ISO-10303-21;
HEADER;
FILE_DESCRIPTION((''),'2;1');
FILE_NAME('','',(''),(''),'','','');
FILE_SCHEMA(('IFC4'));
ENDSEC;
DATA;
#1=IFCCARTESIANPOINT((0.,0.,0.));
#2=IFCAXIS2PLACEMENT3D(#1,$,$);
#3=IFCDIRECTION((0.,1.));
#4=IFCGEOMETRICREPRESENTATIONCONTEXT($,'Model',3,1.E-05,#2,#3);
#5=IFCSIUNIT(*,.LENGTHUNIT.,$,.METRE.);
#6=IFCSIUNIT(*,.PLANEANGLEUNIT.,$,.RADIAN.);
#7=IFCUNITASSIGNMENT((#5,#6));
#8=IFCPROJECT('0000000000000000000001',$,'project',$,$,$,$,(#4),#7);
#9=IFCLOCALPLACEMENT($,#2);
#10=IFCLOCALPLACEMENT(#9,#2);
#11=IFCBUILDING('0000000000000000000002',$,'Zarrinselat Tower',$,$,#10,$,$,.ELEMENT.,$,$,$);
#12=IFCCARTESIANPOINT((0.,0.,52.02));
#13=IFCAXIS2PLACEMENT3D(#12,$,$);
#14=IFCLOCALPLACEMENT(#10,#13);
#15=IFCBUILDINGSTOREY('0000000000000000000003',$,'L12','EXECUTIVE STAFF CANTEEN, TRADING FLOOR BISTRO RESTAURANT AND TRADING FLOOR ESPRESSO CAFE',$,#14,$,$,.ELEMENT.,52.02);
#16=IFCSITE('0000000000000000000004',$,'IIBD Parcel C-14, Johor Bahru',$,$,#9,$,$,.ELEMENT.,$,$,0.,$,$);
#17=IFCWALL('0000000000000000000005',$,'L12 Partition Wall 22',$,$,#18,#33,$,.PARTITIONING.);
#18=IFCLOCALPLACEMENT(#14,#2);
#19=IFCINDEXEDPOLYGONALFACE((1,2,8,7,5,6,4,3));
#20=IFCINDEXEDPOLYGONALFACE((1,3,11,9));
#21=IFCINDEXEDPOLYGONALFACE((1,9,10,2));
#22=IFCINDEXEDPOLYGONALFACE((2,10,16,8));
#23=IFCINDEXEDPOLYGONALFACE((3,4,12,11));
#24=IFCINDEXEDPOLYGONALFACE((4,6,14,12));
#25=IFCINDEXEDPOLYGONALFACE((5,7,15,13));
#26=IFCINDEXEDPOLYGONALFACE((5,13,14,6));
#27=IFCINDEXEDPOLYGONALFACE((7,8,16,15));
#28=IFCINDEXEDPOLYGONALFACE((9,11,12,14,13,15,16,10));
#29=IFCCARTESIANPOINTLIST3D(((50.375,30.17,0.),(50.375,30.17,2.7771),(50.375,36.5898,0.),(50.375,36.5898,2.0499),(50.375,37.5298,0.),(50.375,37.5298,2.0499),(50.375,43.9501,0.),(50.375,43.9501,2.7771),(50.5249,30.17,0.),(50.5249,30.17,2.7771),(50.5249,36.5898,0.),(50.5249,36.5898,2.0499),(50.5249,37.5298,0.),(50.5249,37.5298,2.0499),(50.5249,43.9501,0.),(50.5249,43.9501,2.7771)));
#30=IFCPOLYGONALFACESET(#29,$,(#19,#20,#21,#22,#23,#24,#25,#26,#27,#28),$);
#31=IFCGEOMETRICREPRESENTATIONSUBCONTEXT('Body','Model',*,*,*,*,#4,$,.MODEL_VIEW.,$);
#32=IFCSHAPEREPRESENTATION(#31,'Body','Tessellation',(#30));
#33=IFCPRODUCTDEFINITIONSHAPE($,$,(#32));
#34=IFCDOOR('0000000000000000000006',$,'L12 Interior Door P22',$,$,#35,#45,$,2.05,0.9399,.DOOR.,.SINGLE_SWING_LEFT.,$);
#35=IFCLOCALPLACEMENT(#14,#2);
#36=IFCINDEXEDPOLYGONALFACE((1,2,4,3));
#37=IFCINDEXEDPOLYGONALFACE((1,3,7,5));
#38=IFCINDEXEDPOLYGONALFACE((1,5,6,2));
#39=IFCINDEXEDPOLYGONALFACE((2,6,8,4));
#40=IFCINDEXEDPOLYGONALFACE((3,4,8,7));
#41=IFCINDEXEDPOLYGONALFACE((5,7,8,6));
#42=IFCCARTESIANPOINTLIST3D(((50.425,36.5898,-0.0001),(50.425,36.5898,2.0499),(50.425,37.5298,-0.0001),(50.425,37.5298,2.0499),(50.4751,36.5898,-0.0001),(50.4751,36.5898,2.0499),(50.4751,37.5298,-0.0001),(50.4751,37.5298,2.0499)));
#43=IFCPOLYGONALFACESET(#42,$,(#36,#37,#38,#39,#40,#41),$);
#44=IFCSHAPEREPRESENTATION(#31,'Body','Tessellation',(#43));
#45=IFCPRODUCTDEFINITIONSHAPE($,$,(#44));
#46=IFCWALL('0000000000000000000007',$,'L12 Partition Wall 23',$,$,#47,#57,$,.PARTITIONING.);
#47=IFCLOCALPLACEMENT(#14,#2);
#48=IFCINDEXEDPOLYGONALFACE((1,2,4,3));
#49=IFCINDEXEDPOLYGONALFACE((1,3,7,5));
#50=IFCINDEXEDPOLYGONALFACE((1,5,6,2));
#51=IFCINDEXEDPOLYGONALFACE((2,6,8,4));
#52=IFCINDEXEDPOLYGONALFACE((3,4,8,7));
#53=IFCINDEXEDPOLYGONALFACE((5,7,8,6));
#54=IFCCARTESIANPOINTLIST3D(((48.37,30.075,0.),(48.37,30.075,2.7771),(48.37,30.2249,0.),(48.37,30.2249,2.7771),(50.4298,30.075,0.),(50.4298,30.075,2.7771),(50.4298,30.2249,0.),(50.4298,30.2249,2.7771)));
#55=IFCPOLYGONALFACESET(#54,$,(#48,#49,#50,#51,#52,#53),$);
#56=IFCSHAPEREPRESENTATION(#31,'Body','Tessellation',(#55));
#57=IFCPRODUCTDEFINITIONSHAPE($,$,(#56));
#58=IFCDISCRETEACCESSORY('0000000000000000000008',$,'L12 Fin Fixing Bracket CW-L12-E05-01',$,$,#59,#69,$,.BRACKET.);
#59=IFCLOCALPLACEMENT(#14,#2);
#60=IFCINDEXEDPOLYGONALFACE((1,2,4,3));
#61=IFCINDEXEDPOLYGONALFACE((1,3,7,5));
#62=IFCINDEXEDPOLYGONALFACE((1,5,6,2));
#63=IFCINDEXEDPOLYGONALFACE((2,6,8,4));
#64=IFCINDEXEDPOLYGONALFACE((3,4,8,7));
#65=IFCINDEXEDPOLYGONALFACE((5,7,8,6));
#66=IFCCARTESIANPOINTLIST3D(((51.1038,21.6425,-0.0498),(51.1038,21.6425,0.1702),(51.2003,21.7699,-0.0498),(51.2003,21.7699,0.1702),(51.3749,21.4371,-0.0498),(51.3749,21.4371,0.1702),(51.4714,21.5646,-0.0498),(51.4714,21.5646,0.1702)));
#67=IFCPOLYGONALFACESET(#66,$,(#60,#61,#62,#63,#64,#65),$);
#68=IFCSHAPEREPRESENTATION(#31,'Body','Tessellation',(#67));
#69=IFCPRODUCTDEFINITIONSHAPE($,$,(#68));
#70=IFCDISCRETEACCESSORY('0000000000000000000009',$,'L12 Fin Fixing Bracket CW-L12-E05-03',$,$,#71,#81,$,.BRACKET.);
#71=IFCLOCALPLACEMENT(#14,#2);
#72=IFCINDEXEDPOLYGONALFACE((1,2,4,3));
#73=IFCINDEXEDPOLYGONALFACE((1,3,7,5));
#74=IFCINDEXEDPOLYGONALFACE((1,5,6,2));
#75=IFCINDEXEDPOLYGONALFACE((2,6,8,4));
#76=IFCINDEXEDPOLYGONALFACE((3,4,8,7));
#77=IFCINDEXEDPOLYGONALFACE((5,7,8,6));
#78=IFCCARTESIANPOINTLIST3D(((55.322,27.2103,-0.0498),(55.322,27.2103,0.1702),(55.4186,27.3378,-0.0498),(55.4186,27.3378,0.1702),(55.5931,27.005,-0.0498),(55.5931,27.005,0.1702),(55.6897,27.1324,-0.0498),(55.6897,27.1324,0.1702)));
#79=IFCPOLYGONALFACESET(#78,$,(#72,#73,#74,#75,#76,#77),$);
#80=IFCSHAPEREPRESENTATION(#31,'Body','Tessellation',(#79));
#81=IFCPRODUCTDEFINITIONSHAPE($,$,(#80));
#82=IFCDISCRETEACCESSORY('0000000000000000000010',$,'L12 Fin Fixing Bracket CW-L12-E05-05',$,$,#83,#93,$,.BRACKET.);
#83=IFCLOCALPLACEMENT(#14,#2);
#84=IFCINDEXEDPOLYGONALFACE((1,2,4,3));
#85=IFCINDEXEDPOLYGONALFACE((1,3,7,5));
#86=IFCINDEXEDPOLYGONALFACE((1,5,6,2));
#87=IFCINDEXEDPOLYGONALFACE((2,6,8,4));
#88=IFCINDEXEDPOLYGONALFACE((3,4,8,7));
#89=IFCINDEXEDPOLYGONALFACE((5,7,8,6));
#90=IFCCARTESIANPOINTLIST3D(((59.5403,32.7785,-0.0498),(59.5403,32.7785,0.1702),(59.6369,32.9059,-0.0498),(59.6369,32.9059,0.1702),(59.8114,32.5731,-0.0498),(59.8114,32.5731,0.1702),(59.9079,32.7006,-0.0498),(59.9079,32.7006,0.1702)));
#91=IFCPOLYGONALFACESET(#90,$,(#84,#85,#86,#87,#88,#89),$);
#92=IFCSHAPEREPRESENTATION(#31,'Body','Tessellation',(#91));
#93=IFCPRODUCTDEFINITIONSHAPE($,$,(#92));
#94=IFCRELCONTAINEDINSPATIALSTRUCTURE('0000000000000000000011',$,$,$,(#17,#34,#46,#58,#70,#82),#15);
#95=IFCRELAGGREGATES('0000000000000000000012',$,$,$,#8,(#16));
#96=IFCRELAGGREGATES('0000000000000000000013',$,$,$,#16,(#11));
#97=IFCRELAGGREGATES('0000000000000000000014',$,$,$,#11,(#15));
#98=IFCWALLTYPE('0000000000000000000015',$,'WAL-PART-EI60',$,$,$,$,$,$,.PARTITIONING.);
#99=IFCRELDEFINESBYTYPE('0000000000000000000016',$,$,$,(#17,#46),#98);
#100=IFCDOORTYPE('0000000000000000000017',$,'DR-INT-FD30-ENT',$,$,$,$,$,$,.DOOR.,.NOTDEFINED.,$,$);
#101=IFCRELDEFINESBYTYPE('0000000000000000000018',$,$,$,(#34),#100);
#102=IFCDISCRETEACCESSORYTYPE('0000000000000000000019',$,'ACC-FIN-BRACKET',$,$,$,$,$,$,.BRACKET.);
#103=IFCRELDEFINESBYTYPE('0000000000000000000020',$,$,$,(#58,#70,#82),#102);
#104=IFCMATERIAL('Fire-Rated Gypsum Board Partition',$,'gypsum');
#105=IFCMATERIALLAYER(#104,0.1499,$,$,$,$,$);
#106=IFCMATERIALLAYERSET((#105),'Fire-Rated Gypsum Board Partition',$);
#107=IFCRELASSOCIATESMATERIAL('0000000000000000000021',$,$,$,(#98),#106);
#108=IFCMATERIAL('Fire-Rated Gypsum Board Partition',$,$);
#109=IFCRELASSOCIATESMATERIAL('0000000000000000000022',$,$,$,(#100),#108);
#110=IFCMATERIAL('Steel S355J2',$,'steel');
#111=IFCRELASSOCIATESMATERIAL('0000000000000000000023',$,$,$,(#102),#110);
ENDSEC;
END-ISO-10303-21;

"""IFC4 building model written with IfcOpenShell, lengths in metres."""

from ifc_helpers import new_model, si_unit, direction, frame, frame_2d, origin, origin_2d, place, context, subcontext, project, spatial, rectangle, extrude, material, layer, layer_set, type_object, element, fill, save


model = new_model("IFC4")

# Units and contexts
model_context = context("Model", 3, precision=1e-05, world=origin(), true_north=direction((0.0, 1.0)))
body_context = subcontext(model_context, "Body", "Model", "MODEL_VIEW")
ifc_project = project(units=[si_unit("LENGTHUNIT", "METRE"), si_unit("PLANEANGLEUNIT", "RADIAN")], contexts=[model_context])

# Site, building, storey
site_placement = place(None, origin())
site = spatial("IfcSite", under=ifc_project, at=site_placement, Name="IIBD Parcel C-14, Johor Bahru", CompositionType="ELEMENT", RefElevation=0.0)
building_placement = place(site_placement, origin())
building = spatial("IfcBuilding", under=site, at=building_placement, Name="Zarrinselat Tower", CompositionType="ELEMENT")
storey_placement = place(building_placement, frame((0.0, 0.0, 52.02)))
storey = spatial("IfcBuildingStorey", under=building, at=storey_placement, Name="L12", Description="EXECUTIVE STAFF CANTEEN, TRADING FLOOR BISTRO RESTAURANT AND TRADING FLOOR ESPRESSO CAFE", CompositionType="ELEMENT", Elevation=52.02)

# Wall, opening, door
ifc_material_1 = material(Name="Fire-Rated Gypsum Board Partition", Category="gypsum")
ifc_layer_1 = layer(ifc_material_1, 0.1499)
ifc_layer_set_1 = layer_set([ifc_layer_1], Name="Fire-Rated Gypsum Board Partition")
wall_type = type_object("IfcWallType", Name="WAL-PART-EI60", PredefinedType="PARTITIONING", material=ifc_layer_set_1)
wall_1_placement = place(storey_placement, frame((50.45, 30.1699, 0.0), z_axis=(0.0, 0.0, 1.0), x_axis=(0.0, 1.0, 0.0)))
wall_1 = element("IfcWall", 1, at=wall_1_placement, inside=storey, type_object=wall_type, Name="L12 Partition Wall 22", PredefinedType="PARTITIONING", context=body_context, shape_type="SweptSolid", body=[
    extrude(rectangle(XDim=13.78, YDim=0.1499, at=frame_2d((6.8901, 0.0))), origin(), (0.0, 0.0, 1.0), 2.7771),
])
opening_placement = place(wall_1_placement, frame((6.4199, 0.0, 0.0)))
opening = element("IfcOpeningElement", 2, at=opening_placement, cuts=wall_1, PredefinedType="OPENING", context=body_context, shape_type="SweptSolid", body=[
    extrude(rectangle(XDim=0.9399, YDim=2.05, at=frame_2d((0.47, 1.0249))), frame((0.0, 0.085, 0.0), z_axis=(0.0, -1.0, 0.0), x_axis=(1.0, 0.0, 0.0)), (0.0, 0.0, 1.0), 0.1699),
])
ifc_material_2 = material(Name="Fire-Rated Gypsum Board Partition")
door_type = type_object("IfcDoorType", Name="DR-INT-FD30-ENT", OperationType="NOTDEFINED", PredefinedType="DOOR", material=ifc_material_2)
door_placement = place(opening_placement, origin())
door = element("IfcDoor", 3, at=door_placement, inside=storey, type_object=door_type, Name="L12 Interior Door P22", OperationType="SINGLE_SWING_LEFT", OverallHeight=2.05, OverallWidth=0.9399, PredefinedType="DOOR", context=body_context, shape_type="SweptSolid", body=[
    extrude(rectangle(XDim=0.9399, YDim=2.05, at=frame_2d((0.47, 1.0249))), frame((0.0, 0.0249, 0.0), z_axis=(0.0, -1.0, 0.0), x_axis=(1.0, 0.0, 0.0)), (0.0, 0.0, 1.0), 0.05),
])
fill(opening, door)

# Wall
wall_2_placement = place(storey_placement, frame((48.3701, 30.1499, 0.0), z_axis=(0.0, 0.0, 1.0), x_axis=(1.0, 0.0, 0.0)))
element("IfcWall", 4, at=wall_2_placement, inside=storey, type_object=wall_type, Name="L12 Partition Wall 23", PredefinedType="PARTITIONING", context=body_context, shape_type="SweptSolid", body=[
    extrude(rectangle(XDim=2.0598, YDim=0.1499, at=frame_2d((1.0298, 0.0))), origin(), (0.0, 0.0, 1.0), 2.7771),
])

# Discrete accessories
ifc_material_3 = material(Name="Steel S355J2", Category="steel")
discrete_accessory_type = type_object("IfcDiscreteAccessoryType", Name="ACC-FIN-BRACKET", PredefinedType="BRACKET", material=ifc_material_3)
for number, where, z_axis, x_axis, name in (
    (5, (51.2876, 21.6035, -0.0498), (0.0, 0.0, 1.0), (0.79709, -0.603861, 0.0), "L12 Fin Fixing Bracket CW-L12-E05-01"),
    (6, (55.5059, 27.1714, -0.0498), (0.0, 0.0, 1.0), (0.79709, -0.603861, 0.0), "L12 Fin Fixing Bracket CW-L12-E05-03"),
    (7, (59.7241, 32.7395, -0.0498), (0.0, 0.0, 1.0), (0.79709, -0.603861, 0.0), "L12 Fin Fixing Bracket CW-L12-E05-05"),
):
    element("IfcDiscreteAccessory", number, at=place(storey_placement, frame(where, z_axis=z_axis, x_axis=x_axis)), inside=storey, type_object=discrete_accessory_type, Name=name, PredefinedType="BRACKET", context=body_context, shape_type="SweptSolid", body=[
        extrude(rectangle(XDim=0.3401, YDim=0.1599, at=origin_2d()), origin(), (0.0, 0.0, 1.0), 0.22),
    ])

save(model, "model.ifc")
